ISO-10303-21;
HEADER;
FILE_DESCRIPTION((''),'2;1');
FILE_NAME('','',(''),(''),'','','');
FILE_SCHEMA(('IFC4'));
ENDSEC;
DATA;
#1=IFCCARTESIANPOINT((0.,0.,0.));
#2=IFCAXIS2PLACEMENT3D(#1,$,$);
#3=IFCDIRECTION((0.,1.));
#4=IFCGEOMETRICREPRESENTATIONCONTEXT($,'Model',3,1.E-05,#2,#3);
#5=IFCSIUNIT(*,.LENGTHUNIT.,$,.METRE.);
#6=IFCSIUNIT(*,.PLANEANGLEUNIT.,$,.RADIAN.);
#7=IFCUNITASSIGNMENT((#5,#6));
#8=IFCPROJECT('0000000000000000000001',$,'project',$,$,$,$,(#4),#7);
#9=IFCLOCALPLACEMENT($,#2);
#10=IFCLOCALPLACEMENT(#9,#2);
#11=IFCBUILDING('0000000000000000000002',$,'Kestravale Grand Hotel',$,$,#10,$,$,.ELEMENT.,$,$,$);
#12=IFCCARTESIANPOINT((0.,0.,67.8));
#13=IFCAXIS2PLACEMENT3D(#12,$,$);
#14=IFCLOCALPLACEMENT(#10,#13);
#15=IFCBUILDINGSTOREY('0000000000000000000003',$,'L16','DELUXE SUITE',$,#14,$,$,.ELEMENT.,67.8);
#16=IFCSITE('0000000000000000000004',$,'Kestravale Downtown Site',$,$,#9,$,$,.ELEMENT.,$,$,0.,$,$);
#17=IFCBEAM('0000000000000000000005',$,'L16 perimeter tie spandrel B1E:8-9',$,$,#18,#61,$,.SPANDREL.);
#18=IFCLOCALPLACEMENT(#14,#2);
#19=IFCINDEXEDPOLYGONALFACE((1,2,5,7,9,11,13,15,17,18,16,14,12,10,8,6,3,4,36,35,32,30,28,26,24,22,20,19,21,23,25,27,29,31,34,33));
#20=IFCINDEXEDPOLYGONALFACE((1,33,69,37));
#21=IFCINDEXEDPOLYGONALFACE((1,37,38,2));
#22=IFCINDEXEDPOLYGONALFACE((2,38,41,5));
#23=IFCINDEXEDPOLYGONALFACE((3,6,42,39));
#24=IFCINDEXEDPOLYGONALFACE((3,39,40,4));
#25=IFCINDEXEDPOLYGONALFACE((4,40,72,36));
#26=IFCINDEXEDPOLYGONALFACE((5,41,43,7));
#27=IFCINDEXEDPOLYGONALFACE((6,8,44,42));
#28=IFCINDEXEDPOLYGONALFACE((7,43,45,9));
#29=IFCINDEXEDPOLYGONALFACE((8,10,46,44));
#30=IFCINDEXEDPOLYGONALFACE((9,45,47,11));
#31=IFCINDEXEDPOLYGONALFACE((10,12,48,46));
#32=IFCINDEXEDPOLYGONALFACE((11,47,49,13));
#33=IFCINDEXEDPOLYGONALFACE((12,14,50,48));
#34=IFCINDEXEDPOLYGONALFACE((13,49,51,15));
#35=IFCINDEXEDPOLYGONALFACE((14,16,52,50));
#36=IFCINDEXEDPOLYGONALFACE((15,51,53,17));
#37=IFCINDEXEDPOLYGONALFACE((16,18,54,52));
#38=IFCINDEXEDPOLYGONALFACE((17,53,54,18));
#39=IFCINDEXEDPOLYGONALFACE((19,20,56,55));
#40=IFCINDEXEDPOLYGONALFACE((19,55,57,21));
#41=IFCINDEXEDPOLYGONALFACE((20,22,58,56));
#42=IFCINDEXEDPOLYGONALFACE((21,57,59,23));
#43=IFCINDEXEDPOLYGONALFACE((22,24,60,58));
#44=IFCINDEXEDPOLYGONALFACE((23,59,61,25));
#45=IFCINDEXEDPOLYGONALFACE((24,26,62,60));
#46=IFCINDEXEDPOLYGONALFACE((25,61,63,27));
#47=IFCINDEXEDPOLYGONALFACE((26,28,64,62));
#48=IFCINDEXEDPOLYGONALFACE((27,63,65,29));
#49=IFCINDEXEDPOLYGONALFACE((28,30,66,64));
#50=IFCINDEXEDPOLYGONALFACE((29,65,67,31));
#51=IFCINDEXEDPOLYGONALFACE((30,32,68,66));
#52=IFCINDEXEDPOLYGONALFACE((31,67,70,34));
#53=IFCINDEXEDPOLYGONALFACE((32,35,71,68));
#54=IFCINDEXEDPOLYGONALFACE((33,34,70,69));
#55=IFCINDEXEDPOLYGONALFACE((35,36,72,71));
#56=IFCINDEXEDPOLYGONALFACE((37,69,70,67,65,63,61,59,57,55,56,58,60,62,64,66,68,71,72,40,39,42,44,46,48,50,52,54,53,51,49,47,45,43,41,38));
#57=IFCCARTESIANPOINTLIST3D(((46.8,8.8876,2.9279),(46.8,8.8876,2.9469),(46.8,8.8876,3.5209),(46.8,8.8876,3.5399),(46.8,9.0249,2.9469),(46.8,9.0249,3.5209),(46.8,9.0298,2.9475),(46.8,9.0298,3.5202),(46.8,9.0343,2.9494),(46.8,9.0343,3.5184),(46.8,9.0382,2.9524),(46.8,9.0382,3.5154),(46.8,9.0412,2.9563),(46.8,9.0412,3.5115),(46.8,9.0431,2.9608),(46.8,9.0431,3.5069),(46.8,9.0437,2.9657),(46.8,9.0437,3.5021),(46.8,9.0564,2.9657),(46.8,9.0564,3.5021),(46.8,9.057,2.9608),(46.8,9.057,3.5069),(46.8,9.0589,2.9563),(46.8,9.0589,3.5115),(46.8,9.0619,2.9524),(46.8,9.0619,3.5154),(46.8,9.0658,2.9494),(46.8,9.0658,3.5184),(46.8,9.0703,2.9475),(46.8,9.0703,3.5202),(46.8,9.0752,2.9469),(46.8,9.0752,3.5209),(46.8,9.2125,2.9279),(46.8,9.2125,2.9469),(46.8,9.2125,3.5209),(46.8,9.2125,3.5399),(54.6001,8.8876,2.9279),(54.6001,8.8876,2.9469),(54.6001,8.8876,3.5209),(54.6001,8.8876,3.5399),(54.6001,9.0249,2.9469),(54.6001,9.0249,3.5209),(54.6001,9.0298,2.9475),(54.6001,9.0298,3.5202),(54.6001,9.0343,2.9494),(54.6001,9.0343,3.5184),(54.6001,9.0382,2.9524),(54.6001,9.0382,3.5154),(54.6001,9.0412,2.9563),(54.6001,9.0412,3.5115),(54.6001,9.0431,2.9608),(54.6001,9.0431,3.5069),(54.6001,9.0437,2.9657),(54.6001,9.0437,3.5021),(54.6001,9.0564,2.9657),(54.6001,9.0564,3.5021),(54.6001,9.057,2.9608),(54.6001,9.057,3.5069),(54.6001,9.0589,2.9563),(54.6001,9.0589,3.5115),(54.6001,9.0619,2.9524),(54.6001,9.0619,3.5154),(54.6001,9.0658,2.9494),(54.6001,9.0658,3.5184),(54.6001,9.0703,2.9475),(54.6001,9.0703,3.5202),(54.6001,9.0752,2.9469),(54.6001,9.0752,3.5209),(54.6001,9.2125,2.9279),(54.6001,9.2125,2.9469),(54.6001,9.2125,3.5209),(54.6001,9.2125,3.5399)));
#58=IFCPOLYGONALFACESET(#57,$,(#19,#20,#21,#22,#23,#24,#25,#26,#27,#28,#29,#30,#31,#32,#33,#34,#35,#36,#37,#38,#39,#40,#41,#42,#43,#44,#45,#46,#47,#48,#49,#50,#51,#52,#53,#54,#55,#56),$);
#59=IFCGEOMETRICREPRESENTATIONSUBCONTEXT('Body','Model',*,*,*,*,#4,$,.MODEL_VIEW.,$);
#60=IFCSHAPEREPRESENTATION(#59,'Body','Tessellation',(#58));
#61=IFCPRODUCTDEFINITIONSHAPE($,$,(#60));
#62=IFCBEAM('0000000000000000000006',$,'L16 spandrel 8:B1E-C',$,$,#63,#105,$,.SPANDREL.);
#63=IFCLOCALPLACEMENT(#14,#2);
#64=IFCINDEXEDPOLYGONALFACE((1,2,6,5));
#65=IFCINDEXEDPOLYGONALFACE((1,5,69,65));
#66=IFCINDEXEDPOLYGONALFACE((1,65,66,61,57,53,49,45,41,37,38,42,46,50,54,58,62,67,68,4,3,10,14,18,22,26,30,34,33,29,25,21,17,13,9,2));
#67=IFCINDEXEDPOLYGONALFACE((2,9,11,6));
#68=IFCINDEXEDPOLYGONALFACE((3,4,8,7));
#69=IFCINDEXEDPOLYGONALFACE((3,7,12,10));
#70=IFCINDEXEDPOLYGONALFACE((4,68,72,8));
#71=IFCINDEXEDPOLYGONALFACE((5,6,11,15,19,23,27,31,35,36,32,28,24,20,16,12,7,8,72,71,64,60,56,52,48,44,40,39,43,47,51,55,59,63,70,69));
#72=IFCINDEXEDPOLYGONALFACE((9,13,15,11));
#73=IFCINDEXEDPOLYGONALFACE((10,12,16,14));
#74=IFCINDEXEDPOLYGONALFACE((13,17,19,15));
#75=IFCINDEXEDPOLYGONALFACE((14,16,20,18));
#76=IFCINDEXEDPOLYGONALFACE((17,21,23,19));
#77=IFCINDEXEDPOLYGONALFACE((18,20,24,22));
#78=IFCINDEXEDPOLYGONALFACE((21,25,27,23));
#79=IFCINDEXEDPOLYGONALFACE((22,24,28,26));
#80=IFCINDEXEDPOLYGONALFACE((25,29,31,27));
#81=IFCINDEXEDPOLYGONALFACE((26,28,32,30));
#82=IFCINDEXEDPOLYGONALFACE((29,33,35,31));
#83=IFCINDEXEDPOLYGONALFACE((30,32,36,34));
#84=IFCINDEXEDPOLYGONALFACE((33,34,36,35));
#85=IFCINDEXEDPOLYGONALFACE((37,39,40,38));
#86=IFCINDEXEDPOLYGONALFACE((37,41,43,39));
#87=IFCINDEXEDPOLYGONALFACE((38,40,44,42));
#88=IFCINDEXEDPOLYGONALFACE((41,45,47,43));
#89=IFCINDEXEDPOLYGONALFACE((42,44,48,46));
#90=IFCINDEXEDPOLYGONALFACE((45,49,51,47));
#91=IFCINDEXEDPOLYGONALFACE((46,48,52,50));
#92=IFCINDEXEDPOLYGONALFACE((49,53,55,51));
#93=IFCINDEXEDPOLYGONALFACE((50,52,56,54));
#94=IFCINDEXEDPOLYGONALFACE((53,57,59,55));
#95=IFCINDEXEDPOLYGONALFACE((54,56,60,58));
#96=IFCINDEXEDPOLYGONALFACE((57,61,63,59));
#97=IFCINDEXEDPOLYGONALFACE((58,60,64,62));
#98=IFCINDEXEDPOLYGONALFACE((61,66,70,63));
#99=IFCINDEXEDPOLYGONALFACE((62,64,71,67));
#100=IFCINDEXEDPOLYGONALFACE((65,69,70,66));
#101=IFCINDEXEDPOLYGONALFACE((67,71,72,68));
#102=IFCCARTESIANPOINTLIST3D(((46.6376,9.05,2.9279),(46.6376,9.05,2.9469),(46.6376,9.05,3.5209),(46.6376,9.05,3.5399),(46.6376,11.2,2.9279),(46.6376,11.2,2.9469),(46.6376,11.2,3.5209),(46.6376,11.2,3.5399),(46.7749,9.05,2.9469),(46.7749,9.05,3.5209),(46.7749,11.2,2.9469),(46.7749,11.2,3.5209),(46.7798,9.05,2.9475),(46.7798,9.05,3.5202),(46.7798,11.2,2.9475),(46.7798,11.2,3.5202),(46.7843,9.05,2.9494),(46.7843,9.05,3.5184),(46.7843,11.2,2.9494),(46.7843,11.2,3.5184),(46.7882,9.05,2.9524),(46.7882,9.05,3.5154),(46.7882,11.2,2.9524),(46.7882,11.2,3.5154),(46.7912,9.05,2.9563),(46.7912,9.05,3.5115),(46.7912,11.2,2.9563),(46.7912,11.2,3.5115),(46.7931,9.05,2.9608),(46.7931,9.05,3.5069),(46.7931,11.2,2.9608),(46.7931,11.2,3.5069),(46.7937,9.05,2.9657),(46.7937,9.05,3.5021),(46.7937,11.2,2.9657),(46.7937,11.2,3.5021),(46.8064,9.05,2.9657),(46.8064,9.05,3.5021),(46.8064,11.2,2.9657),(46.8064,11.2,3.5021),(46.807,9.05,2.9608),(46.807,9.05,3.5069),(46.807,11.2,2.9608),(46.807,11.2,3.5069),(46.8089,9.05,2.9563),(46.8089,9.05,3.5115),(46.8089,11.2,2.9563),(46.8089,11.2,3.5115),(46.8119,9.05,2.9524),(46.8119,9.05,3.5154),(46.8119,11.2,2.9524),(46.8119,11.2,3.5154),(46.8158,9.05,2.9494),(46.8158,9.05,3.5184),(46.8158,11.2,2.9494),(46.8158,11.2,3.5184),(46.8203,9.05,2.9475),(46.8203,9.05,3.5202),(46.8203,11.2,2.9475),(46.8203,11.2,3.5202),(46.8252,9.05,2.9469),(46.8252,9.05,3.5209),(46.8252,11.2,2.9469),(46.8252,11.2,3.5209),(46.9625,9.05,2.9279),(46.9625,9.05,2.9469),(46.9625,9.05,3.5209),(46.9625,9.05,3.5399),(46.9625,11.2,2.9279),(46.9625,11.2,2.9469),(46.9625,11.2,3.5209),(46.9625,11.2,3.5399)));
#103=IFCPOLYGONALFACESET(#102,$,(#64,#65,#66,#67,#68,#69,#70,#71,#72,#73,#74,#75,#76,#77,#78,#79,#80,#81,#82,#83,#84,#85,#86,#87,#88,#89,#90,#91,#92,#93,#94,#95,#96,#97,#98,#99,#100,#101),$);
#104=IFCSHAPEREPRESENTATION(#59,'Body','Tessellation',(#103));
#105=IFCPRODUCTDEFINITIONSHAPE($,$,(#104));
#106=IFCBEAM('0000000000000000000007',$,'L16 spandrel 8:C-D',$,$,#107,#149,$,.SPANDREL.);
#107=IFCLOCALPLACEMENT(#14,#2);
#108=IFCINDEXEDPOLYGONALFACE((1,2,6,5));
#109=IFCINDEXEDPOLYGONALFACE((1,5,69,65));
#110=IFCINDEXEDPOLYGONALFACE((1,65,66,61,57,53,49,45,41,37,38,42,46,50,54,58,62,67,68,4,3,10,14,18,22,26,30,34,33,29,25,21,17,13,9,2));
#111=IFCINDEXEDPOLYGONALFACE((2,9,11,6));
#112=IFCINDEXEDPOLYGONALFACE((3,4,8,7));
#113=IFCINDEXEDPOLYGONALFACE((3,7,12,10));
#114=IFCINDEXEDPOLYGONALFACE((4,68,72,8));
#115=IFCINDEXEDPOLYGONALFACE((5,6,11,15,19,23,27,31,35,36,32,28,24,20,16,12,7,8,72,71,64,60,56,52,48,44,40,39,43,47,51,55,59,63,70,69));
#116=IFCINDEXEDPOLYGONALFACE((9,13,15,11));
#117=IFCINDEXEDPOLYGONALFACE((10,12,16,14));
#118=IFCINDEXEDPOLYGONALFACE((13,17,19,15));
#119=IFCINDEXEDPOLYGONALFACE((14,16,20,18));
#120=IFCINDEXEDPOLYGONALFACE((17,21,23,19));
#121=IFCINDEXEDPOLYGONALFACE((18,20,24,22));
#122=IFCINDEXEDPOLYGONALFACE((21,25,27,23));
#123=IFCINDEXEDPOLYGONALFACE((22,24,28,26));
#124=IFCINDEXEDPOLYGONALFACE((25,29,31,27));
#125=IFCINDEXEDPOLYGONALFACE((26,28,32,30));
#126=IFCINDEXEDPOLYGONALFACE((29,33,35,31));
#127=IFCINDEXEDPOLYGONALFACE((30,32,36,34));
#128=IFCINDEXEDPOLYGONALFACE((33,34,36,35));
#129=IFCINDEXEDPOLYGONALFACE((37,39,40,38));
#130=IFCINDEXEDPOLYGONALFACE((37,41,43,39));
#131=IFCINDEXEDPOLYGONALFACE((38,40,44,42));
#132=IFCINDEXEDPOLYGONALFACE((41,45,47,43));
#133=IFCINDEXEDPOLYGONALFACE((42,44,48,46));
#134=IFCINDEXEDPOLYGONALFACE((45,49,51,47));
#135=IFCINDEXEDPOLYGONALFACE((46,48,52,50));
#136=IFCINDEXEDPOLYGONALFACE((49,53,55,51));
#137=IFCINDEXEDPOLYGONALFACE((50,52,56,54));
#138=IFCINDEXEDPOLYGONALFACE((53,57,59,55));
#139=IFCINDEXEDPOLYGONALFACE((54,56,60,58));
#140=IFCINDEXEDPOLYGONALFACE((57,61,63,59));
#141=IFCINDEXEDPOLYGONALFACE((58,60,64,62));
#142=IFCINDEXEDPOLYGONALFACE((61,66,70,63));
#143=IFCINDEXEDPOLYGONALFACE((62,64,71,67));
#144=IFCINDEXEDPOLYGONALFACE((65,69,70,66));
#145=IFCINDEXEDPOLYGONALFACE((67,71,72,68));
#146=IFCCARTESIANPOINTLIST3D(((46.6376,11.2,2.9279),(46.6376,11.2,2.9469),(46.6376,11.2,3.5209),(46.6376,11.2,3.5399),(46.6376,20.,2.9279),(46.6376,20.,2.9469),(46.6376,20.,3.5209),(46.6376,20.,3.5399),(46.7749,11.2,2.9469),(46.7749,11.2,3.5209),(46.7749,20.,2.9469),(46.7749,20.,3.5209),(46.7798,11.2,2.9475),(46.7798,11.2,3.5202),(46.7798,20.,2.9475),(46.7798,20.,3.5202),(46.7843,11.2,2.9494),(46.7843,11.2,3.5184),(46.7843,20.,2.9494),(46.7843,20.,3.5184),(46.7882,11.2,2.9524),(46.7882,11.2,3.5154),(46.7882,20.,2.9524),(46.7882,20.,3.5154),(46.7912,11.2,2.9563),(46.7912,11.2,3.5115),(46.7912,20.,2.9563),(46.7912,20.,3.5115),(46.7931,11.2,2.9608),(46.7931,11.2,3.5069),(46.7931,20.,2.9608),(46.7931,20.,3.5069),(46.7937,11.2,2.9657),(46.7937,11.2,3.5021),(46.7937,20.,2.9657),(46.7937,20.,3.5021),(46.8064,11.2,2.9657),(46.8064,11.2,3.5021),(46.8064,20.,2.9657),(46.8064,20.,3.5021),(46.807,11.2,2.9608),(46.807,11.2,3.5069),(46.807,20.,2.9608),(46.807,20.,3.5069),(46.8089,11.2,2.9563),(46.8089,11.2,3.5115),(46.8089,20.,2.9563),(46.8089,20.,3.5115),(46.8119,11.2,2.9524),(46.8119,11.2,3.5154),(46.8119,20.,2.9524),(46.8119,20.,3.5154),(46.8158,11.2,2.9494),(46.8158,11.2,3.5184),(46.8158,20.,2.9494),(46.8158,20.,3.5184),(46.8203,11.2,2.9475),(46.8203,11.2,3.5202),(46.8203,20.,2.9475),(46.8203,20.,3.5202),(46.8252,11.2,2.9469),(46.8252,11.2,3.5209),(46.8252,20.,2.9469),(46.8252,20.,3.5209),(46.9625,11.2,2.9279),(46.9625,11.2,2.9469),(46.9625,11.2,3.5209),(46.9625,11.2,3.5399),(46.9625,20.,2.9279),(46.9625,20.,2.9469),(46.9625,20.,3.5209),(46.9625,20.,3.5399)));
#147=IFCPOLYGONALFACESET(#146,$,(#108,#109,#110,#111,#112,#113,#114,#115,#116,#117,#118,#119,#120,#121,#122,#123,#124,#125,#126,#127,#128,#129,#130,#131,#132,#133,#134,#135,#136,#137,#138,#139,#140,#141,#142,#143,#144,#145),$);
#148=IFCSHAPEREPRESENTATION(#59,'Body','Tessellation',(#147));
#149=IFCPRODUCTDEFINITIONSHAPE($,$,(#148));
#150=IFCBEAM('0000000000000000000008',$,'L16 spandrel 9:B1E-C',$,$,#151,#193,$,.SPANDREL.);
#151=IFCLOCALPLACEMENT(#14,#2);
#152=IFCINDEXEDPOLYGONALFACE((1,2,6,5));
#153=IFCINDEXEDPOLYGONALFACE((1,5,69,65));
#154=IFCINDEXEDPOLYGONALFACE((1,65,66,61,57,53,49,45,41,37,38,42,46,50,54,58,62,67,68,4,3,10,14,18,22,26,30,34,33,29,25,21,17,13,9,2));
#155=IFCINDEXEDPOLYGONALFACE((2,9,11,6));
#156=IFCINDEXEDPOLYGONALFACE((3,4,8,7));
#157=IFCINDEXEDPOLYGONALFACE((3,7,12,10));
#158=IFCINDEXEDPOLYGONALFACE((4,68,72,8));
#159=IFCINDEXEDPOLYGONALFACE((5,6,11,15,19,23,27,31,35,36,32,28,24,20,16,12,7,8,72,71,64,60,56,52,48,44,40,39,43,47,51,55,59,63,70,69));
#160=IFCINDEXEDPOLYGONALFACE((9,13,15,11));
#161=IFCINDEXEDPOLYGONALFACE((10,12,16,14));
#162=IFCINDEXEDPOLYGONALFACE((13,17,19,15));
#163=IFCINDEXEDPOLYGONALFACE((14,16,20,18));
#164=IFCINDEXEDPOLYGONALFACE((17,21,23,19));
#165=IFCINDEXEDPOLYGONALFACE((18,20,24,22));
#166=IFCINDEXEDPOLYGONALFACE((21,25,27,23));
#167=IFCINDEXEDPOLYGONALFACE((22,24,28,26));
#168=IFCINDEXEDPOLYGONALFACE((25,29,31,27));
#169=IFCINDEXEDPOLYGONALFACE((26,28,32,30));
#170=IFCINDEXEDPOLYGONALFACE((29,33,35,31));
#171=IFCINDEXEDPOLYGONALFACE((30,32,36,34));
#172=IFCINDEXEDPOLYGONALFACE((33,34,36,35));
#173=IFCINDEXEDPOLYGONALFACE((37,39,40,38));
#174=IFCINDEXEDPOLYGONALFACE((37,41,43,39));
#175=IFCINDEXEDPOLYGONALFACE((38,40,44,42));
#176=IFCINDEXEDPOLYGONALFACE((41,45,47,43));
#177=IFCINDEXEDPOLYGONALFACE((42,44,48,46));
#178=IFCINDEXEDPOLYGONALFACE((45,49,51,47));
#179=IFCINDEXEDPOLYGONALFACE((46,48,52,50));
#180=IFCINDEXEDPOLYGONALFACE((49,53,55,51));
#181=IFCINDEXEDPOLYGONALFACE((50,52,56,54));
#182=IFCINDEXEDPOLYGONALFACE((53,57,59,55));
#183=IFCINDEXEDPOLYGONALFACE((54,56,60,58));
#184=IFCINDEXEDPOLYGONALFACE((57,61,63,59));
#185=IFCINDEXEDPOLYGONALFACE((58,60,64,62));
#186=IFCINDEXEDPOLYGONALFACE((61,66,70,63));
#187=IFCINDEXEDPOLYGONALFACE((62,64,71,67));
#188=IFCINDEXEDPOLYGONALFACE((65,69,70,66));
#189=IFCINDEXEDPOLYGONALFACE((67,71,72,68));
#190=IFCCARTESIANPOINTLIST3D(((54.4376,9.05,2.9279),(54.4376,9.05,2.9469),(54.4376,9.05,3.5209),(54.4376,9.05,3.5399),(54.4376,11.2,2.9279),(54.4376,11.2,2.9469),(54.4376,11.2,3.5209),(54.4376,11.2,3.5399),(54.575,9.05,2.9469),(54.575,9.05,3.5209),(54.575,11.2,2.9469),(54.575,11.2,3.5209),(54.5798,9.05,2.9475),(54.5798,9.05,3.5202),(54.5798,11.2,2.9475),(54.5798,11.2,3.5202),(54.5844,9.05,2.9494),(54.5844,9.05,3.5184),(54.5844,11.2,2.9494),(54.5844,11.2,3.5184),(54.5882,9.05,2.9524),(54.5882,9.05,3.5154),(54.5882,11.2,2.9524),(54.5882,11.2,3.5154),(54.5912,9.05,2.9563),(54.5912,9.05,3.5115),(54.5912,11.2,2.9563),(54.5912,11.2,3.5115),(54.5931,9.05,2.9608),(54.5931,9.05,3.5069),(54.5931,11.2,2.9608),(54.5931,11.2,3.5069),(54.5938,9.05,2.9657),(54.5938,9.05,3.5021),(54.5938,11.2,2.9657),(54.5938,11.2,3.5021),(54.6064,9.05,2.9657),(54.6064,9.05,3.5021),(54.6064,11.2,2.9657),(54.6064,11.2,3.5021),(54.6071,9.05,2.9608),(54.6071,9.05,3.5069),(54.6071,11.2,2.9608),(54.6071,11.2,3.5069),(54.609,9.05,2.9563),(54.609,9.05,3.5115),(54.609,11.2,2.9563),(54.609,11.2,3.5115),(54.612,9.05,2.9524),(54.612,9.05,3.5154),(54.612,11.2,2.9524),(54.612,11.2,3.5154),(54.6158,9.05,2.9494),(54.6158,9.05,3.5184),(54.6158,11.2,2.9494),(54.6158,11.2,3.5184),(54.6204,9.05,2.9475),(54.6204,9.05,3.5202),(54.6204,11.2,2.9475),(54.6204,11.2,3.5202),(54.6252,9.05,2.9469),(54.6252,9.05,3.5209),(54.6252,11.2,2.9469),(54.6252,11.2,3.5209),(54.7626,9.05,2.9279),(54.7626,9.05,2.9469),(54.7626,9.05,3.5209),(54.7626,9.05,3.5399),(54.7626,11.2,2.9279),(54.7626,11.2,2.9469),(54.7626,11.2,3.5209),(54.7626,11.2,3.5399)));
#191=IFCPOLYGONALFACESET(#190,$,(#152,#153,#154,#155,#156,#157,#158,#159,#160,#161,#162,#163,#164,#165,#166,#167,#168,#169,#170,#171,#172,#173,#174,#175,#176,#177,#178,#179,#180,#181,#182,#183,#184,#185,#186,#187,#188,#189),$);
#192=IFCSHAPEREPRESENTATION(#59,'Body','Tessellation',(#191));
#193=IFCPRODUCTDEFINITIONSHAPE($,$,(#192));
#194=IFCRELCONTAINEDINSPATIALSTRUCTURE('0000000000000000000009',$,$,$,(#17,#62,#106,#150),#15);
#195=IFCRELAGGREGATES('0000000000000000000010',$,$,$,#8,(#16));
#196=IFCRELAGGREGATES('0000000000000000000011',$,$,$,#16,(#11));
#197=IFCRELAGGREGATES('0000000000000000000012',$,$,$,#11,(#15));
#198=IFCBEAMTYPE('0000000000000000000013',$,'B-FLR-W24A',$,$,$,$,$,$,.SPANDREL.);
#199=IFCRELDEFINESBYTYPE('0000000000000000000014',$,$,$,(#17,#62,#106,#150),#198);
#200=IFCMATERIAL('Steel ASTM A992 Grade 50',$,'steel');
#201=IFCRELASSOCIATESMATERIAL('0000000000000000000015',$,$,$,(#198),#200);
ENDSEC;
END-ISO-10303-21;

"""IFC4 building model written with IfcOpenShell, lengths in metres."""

from ifc_helpers import new_model, si_unit, direction, frame, origin, origin_2d, place, context, subcontext, project, spatial, i_section, extrude, material, material_profile, profile_set, type_object, element, save


model = new_model("IFC4")

# Units and contexts
model_context = context("Model", 3, precision=1e-05, world=origin(), true_north=direction((0.0, 1.0)))
body_context = subcontext(model_context, "Body", "Model", "MODEL_VIEW")
ifc_project = project(units=[si_unit("LENGTHUNIT", "METRE"), si_unit("PLANEANGLEUNIT", "RADIAN")], contexts=[model_context])

# Site, building, storey
site_placement = place(None, origin())
site = spatial("IfcSite", under=ifc_project, at=site_placement, Name="Kestravale Downtown Site", CompositionType="ELEMENT", RefElevation=0.0)
building_placement = place(site_placement, origin())
building = spatial("IfcBuilding", under=site, at=building_placement, Name="Kestravale Grand Hotel", CompositionType="ELEMENT")
storey_placement = place(building_placement, frame((0.0, 0.0, 67.8)))
storey = spatial("IfcBuildingStorey", under=building, at=storey_placement, Name="L16", Description="DELUXE SUITE", CompositionType="ELEMENT", Elevation=67.8)

# Beams
ifc_material_1 = material(Name="Steel ASTM A992 Grade 50", Category="steel")
ifc_material_profile_1 = material_profile(ifc_material_1, i_section(OverallWidth=0.325, OverallDepth=0.6121, WebThickness=0.0127, FlangeThickness=0.019, FilletRadius=0.0188, at=origin_2d()))
ifc_profile_set_1 = profile_set([ifc_material_profile_1], Name="Steel ASTM A992 Grade 50")
beam_type_1 = type_object("IfcBeamType", Name="B-FLR-W24A", PredefinedType="SPANDREL", material=ifc_profile_set_1)
beam_1_placement = place(storey_placement, frame((46.8, 9.05, 3.2339), z_axis=(1.0, 0.0, 0.0), x_axis=(0.0, 1.0, 0.0)))
element("IfcBeam", 1, at=beam_1_placement, inside=storey, type_object=beam_type_1, Name="L16 perimeter tie spandrel B1E:8-9", PredefinedType="SPANDREL", context=body_context, shape_type="SweptSolid", body=[
    extrude(i_section(OverallWidth=0.325, OverallDepth=0.6121, WebThickness=0.0127, FlangeThickness=0.019, FilletRadius=0.0188, at=origin_2d()), origin(), (0.0, 0.0, 1.0), 7.8),
])
beam_2_placement = place(storey_placement, frame((46.8, 9.05, 3.2339), z_axis=(0.0, 1.0, 0.0), x_axis=(-1.0, 0.0, 0.0)))
element("IfcBeam", 2, at=beam_2_placement, inside=storey, type_object=beam_type_1, Name="L16 spandrel 8:B1E-C", PredefinedType="SPANDREL", context=body_context, shape_type="SweptSolid", body=[
    extrude(i_section(OverallWidth=0.325, OverallDepth=0.6121, WebThickness=0.0127, FlangeThickness=0.019, FilletRadius=0.0188, at=origin_2d()), origin(), (0.0, 0.0, 1.0), 2.1499),
])
beam_3_placement = place(storey_placement, frame((46.8, 11.2, 3.2339), z_axis=(0.0, 1.0, 0.0), x_axis=(-1.0, 0.0, 0.0)))
element("IfcBeam", 3, at=beam_3_placement, inside=storey, type_object=beam_type_1, Name="L16 spandrel 8:C-D", PredefinedType="SPANDREL", context=body_context, shape_type="SweptSolid", body=[
    extrude(i_section(OverallWidth=0.325, OverallDepth=0.6121, WebThickness=0.0127, FlangeThickness=0.019, FilletRadius=0.0188, at=origin_2d()), origin(), (0.0, 0.0, 1.0), 8.8),
])
beam_4_placement = place(storey_placement, frame((54.6001, 9.05, 3.2339), z_axis=(0.0, 1.0, 0.0), x_axis=(-1.0, 0.0, 0.0)))
element("IfcBeam", 4, at=beam_4_placement, inside=storey, type_object=beam_type_1, Name="L16 spandrel 9:B1E-C", PredefinedType="SPANDREL", context=body_context, shape_type="SweptSolid", body=[
    extrude(i_section(OverallWidth=0.325, OverallDepth=0.6121, WebThickness=0.0127, FlangeThickness=0.019, FilletRadius=0.0188, at=origin_2d()), origin(), (0.0, 0.0, 1.0), 2.1499),
])

save(model, "model.ifc")
